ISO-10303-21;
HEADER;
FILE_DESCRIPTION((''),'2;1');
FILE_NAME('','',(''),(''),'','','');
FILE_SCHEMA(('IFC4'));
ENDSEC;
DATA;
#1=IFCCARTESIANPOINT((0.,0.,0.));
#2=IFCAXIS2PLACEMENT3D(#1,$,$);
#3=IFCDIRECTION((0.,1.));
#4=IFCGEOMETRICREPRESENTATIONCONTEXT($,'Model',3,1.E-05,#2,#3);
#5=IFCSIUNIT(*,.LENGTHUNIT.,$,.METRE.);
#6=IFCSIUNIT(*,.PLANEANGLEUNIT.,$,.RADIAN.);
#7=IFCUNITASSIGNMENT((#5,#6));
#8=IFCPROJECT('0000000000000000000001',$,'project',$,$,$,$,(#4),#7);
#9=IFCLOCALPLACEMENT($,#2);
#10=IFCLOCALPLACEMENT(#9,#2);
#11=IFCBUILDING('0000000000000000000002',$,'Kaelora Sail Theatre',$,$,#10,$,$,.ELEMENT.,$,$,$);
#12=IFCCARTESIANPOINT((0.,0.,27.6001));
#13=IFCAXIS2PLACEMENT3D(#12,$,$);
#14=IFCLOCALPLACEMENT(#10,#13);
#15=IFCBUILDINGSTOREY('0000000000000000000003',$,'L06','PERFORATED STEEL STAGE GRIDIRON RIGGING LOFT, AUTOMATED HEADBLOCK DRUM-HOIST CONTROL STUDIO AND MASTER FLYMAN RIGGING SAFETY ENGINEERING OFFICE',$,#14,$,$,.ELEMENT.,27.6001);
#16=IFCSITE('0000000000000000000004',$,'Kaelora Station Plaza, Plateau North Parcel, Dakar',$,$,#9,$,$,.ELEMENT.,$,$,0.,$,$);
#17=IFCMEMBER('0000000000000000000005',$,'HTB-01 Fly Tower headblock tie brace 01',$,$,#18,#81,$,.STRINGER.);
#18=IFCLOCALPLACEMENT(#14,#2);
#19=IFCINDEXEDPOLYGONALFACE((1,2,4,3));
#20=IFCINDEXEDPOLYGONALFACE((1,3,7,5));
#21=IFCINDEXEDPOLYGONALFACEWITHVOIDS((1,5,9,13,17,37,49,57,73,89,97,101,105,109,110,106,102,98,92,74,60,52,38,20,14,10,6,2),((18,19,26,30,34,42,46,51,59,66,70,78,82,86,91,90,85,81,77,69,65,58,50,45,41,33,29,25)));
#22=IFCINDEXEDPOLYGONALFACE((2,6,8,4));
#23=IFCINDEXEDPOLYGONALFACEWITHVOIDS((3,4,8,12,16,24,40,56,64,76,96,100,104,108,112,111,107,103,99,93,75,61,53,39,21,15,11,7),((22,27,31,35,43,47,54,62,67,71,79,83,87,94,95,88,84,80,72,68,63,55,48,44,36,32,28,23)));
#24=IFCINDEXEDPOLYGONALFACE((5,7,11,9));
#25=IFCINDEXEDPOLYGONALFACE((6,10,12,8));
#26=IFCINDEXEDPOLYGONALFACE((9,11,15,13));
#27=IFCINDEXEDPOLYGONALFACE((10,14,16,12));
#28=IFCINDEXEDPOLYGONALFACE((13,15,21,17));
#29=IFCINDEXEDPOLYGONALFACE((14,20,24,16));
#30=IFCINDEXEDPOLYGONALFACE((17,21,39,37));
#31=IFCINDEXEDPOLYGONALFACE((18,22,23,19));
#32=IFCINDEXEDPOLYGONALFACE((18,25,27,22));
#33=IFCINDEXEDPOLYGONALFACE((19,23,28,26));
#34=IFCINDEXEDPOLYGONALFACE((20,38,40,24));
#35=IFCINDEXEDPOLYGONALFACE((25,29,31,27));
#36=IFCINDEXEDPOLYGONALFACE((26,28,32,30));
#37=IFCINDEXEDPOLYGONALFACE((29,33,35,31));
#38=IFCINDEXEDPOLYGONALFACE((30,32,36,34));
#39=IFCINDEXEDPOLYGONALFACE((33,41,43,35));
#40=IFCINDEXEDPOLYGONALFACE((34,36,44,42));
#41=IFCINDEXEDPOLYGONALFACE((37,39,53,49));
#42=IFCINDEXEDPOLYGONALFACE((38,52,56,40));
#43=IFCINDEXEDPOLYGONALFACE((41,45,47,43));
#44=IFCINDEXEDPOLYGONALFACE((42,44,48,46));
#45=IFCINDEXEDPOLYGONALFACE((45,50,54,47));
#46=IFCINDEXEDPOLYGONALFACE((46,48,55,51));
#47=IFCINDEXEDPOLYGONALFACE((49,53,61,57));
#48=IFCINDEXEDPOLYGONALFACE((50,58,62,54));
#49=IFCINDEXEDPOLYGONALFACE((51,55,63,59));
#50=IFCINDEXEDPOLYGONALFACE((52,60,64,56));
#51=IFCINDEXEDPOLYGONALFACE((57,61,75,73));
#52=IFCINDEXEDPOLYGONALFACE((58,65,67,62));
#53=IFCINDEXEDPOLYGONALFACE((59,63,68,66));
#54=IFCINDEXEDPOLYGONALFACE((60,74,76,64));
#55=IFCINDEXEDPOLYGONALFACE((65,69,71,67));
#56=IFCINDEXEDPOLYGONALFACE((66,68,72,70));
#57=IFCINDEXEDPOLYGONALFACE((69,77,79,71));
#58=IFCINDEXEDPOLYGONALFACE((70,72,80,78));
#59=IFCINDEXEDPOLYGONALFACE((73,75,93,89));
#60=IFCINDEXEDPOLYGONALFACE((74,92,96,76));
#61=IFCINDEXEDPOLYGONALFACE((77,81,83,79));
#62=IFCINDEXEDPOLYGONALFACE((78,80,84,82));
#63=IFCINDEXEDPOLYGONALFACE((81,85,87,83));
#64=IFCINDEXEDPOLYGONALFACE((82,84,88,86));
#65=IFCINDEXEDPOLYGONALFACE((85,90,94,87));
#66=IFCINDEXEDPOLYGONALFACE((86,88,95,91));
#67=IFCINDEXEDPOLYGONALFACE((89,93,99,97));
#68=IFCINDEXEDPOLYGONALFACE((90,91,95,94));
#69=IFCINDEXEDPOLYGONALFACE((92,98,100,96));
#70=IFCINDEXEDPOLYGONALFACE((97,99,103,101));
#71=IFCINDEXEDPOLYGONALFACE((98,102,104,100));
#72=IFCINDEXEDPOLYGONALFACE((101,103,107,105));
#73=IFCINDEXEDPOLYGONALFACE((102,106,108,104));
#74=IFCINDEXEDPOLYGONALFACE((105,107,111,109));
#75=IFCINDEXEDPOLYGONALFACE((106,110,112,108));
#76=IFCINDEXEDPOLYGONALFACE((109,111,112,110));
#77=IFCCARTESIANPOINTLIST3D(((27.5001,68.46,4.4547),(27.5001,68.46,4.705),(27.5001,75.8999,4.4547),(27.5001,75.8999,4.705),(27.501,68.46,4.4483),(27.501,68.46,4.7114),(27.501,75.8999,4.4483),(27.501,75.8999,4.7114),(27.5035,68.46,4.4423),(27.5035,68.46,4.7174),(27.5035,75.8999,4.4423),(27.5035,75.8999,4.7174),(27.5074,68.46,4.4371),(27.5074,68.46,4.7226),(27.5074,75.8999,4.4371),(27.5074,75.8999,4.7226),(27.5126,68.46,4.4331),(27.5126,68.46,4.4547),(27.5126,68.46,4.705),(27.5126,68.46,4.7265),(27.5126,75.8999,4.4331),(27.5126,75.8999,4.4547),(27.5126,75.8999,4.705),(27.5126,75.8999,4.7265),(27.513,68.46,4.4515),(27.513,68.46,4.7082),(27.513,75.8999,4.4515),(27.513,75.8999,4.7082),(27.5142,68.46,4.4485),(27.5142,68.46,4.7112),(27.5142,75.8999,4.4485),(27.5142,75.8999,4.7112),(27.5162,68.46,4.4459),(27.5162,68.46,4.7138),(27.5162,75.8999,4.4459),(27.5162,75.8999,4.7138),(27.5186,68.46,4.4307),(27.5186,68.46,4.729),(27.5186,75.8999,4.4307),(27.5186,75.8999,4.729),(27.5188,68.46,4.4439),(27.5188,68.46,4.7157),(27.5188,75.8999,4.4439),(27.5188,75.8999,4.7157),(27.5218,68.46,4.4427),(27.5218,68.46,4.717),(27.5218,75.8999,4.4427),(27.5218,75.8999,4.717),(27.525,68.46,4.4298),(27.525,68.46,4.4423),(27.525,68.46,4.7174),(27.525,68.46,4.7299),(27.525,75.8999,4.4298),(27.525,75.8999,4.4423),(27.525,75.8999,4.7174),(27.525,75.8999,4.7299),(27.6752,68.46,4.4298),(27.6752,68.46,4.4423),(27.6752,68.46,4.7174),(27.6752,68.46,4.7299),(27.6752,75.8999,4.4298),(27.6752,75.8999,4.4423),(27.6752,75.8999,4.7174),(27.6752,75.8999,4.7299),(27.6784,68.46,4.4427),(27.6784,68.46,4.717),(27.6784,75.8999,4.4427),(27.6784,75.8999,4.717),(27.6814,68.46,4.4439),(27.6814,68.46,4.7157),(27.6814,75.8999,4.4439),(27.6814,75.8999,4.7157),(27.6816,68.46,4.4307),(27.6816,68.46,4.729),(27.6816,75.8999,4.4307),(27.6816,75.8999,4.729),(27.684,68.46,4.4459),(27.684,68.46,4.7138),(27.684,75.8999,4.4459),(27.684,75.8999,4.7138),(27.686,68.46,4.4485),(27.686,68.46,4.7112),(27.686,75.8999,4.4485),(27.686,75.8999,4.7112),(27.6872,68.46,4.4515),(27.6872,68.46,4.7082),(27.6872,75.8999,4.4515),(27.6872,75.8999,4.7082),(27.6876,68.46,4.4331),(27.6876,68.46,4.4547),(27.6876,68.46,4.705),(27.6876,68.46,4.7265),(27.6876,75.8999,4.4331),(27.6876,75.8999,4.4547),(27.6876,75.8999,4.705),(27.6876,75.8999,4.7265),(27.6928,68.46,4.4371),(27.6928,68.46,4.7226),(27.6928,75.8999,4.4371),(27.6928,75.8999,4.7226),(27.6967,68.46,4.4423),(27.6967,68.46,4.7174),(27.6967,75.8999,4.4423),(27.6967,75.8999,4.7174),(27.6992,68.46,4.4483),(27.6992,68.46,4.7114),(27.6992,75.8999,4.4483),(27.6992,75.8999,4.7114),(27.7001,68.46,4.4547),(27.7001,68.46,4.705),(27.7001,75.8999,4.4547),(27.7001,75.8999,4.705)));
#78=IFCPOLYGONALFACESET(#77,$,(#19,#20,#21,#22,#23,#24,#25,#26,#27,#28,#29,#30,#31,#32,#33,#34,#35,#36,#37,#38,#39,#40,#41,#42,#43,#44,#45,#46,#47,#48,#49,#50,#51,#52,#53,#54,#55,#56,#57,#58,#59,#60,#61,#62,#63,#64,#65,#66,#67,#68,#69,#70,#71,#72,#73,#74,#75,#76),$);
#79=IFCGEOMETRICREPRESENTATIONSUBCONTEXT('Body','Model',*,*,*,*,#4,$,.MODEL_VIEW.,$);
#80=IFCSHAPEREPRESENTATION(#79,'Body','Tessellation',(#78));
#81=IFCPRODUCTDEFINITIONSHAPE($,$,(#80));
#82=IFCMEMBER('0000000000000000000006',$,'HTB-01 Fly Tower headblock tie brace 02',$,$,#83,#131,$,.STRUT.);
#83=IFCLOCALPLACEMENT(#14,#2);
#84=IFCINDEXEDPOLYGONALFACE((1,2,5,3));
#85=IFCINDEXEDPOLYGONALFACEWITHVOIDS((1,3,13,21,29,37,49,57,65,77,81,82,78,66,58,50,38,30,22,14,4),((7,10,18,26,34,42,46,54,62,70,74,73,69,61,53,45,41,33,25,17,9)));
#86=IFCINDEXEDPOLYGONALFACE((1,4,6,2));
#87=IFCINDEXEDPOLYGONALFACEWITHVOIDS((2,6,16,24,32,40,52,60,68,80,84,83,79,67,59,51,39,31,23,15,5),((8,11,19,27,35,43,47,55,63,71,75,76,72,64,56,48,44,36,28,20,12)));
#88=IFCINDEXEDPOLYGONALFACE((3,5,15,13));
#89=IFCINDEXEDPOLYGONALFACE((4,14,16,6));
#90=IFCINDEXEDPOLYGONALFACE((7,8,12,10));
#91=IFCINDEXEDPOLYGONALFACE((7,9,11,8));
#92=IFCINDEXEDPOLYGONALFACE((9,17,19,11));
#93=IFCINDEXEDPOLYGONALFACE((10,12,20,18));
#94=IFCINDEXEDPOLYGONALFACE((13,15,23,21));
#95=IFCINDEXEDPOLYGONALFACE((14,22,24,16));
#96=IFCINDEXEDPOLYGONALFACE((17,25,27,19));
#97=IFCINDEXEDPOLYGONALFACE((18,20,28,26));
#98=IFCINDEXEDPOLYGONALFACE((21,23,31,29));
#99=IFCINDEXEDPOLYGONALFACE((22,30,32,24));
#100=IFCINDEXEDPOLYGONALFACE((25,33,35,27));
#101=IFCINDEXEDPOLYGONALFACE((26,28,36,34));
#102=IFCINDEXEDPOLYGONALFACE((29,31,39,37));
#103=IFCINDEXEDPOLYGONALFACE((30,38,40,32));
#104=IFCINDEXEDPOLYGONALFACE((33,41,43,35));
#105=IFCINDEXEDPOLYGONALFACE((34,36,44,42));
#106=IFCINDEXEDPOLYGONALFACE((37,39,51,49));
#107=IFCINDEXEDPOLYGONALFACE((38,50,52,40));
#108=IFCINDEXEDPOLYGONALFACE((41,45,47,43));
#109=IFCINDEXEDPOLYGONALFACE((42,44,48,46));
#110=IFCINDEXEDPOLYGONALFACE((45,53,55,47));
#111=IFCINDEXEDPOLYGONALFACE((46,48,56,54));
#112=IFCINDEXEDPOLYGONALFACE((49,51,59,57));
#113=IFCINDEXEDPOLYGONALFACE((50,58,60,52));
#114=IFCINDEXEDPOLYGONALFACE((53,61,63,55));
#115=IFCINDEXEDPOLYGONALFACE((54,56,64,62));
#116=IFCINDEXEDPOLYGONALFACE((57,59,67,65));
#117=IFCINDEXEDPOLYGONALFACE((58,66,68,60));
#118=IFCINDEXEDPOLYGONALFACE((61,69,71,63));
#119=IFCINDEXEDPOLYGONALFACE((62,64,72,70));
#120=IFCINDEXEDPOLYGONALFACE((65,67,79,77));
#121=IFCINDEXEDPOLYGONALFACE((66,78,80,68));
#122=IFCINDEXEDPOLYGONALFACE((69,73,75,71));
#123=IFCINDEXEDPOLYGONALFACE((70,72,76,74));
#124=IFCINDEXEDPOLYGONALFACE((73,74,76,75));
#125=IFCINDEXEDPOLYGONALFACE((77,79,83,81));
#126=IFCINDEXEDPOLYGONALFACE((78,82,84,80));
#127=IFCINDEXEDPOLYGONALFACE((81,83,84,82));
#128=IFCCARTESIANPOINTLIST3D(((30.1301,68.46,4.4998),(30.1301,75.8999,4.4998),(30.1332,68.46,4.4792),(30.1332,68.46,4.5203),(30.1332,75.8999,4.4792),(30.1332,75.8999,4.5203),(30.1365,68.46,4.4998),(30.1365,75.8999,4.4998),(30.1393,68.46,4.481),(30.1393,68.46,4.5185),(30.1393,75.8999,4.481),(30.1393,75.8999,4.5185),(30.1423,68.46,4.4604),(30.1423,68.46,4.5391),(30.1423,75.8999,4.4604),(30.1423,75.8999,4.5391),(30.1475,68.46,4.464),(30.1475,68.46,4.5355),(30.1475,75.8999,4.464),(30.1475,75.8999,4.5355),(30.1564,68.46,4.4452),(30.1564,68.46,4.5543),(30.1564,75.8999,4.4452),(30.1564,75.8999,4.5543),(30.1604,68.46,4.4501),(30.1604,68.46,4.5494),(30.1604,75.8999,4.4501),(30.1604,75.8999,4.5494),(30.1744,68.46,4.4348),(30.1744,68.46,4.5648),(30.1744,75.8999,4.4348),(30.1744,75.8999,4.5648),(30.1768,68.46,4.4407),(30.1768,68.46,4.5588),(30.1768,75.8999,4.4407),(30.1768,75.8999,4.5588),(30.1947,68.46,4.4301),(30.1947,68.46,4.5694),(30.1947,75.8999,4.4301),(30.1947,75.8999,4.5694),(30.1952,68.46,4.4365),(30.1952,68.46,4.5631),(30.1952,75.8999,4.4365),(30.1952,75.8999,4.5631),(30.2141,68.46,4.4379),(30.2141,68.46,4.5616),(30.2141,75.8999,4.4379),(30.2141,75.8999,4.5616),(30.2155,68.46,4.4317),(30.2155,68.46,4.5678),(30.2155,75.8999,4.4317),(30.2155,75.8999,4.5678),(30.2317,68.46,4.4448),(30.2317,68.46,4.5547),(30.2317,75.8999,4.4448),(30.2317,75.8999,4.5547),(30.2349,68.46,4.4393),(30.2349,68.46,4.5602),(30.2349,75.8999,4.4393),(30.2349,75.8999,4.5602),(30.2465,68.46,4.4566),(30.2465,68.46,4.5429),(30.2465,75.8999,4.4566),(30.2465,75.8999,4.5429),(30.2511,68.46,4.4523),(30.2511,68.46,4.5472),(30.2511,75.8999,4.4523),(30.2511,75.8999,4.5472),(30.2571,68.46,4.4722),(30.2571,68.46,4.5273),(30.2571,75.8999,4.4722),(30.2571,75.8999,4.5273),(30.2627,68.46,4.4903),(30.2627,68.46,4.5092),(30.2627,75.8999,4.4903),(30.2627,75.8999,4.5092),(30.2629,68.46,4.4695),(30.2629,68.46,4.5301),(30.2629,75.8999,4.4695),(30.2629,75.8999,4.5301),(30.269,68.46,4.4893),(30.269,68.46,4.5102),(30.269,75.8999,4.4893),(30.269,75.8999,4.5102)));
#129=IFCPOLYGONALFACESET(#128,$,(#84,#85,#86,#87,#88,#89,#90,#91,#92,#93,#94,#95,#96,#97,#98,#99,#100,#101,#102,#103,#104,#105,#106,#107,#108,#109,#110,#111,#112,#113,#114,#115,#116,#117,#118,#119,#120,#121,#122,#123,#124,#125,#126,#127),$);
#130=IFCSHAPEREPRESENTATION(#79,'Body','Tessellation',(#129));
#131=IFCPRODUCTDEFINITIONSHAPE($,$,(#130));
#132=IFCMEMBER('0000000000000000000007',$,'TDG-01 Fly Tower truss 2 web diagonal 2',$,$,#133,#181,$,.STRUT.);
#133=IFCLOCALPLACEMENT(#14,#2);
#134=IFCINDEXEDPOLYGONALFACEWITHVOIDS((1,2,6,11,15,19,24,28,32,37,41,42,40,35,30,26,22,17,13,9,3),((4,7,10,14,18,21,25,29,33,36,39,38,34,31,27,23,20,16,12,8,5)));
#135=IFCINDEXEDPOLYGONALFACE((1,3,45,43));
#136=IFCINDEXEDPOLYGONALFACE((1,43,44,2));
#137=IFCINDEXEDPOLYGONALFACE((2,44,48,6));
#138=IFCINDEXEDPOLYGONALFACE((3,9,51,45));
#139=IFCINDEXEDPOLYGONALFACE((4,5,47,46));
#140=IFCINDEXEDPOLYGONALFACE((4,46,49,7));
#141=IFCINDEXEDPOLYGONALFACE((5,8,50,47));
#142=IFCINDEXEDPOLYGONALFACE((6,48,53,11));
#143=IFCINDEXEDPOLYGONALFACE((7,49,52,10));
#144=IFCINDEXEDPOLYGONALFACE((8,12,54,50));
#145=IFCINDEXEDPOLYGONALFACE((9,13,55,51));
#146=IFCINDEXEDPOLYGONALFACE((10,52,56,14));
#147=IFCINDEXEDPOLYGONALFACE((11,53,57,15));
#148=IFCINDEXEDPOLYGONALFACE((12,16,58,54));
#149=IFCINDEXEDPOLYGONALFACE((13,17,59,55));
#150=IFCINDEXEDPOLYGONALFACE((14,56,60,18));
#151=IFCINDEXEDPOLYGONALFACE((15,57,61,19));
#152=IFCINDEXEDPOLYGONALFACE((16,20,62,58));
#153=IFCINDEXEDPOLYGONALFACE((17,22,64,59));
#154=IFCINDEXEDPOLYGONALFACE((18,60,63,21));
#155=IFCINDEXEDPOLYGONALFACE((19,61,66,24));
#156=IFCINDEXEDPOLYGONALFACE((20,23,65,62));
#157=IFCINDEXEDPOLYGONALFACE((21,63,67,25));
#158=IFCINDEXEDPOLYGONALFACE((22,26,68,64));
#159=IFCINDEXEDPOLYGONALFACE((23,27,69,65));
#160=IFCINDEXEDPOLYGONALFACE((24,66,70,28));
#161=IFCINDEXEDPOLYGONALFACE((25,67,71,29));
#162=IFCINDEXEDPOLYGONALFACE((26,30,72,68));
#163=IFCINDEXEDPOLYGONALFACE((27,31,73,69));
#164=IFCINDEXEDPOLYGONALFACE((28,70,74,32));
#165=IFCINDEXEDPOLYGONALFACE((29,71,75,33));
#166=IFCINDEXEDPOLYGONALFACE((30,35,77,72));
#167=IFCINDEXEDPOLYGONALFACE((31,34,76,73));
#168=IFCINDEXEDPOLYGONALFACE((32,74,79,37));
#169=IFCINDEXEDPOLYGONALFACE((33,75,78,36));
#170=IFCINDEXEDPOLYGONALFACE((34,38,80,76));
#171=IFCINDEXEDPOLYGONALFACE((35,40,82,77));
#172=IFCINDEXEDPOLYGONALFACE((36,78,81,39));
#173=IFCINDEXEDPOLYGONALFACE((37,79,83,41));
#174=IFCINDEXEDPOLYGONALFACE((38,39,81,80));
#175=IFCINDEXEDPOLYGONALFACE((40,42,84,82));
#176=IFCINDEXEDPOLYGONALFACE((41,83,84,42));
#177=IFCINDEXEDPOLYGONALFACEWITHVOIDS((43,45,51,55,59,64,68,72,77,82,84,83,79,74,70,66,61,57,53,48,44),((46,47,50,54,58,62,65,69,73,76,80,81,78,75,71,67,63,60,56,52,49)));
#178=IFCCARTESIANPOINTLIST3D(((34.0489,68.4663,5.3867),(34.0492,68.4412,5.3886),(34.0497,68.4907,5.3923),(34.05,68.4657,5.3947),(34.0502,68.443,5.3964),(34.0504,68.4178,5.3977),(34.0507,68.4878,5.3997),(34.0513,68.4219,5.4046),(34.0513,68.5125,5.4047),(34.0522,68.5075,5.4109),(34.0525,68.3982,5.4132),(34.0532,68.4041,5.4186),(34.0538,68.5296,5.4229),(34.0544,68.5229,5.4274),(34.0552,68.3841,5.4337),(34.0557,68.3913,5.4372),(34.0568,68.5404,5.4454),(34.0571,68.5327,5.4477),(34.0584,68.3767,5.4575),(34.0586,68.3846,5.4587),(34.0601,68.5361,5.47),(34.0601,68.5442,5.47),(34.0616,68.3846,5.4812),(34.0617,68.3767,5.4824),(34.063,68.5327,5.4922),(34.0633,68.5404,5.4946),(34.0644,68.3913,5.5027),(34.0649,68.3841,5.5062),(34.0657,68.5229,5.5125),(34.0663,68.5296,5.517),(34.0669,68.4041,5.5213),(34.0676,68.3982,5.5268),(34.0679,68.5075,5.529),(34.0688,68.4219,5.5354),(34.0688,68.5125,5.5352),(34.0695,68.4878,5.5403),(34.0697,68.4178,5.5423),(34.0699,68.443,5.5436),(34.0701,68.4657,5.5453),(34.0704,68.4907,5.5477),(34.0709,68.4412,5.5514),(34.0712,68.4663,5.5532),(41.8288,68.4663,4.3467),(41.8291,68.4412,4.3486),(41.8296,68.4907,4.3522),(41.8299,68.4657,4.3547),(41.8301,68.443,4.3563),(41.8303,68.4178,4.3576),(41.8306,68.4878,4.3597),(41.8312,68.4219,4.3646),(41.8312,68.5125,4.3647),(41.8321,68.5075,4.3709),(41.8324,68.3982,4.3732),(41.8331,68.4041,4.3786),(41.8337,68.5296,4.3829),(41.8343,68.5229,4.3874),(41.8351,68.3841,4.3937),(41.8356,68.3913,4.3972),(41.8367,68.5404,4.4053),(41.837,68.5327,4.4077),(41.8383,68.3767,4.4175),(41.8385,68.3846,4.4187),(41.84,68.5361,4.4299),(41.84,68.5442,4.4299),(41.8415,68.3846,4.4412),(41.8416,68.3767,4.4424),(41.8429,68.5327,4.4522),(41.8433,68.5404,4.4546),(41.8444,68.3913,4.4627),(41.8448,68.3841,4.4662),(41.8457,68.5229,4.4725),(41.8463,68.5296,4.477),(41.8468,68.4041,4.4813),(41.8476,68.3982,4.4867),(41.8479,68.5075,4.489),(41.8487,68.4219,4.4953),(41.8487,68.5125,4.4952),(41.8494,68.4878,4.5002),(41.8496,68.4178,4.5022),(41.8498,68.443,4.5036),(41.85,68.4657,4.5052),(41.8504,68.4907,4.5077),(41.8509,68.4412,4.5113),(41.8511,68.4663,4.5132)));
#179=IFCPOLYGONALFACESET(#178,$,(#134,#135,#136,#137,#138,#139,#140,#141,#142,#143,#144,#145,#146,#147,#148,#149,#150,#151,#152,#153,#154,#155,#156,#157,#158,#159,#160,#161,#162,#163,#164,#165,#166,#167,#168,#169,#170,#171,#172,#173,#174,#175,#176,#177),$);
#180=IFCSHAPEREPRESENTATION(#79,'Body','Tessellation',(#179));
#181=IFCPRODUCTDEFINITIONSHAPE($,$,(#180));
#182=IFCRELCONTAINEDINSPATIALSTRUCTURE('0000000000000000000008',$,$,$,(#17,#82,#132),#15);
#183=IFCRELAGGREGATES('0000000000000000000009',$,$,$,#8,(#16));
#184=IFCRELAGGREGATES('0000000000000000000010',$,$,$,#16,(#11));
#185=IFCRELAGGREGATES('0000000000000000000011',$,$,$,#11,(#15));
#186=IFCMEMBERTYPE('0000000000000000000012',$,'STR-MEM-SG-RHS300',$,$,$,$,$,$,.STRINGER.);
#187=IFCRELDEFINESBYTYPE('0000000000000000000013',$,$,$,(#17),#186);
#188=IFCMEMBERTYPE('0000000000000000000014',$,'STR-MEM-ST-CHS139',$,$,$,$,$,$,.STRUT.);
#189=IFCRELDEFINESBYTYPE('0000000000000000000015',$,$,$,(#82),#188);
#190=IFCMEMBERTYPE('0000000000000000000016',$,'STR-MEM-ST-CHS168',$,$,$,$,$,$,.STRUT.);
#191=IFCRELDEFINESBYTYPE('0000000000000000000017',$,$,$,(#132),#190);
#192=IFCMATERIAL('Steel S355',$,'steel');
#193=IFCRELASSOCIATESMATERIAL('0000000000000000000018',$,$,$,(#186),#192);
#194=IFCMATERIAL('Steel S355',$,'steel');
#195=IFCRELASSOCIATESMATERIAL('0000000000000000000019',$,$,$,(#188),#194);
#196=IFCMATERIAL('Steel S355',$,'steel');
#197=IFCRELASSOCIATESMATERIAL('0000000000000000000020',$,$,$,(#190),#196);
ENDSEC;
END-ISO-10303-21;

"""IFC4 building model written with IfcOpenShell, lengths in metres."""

from ifc_helpers import new_model, si_unit, direction, frame, origin, origin_2d, place, context, subcontext, project, spatial, hollow_rectangle, hollow_circle, extrude, material, material_profile, profile_set, type_object, element, save


model = new_model("IFC4")

# Units and contexts
model_context = context("Model", 3, precision=1e-05, world=origin(), true_north=direction((0.0, 1.0)))
body_context = subcontext(model_context, "Body", "Model", "MODEL_VIEW")
ifc_project = project(units=[si_unit("LENGTHUNIT", "METRE"), si_unit("PLANEANGLEUNIT", "RADIAN")], contexts=[model_context])

# Site, building, storey
site_placement = place(None, origin())
site = spatial("IfcSite", under=ifc_project, at=site_placement, Name="Kaelora Station Plaza, Plateau North Parcel, Dakar", CompositionType="ELEMENT", RefElevation=0.0)
building_placement = place(site_placement, origin())
building = spatial("IfcBuilding", under=site, at=building_placement, Name="Kaelora Sail Theatre", CompositionType="ELEMENT")
storey_placement = place(building_placement, frame((0.0, 0.0, 27.6001)))
storey = spatial("IfcBuildingStorey", under=building, at=storey_placement, Name="L06", Description="PERFORATED STEEL STAGE GRIDIRON RIGGING LOFT, AUTOMATED HEADBLOCK DRUM-HOIST CONTROL STUDIO AND MASTER FLYMAN RIGGING SAFETY ENGINEERING OFFICE", CompositionType="ELEMENT", Elevation=27.6001)

# Members
ifc_material_1 = material(Name="Steel S355", Category="steel")
ifc_material_profile_1 = material_profile(ifc_material_1, hollow_rectangle(XDim=0.2, YDim=0.3, WallThickness=0.0125, InnerFilletRadius=0.0125, OuterFilletRadius=0.0249, at=origin_2d()), Name="RHS 300x200x12.5")
ifc_profile_set_1 = profile_set([ifc_material_profile_1], Name="Steel S355")
member_type_1 = type_object("IfcMemberType", Name="STR-MEM-SG-RHS300", PredefinedType="STRINGER", material=ifc_profile_set_1)
member_1_placement = place(storey_placement, frame((27.6001, 68.46, 4.5798), z_axis=(0.0, 1.0, 0.0), x_axis=(-1.0, 0.0, 0.0)))
element("IfcMember", 1, at=member_1_placement, inside=storey, type_object=member_type_1, Name="HTB-01 Fly Tower headblock tie brace 01", PredefinedType="STRINGER", context=body_context, shape_type="SweptSolid", body=[
    extrude(hollow_rectangle(XDim=0.2, YDim=0.3, WallThickness=0.0125, InnerFilletRadius=0.0125, OuterFilletRadius=0.0249, at=origin_2d()), origin(), (0.0, 0.0, 1.0), 7.4399),
])
ifc_material_2 = material(Name="Steel S355", Category="steel")
ifc_material_profile_2 = material_profile(ifc_material_2, hollow_circle(Radius=0.0698, WallThickness=0.0063, at=origin_2d()), Name="CHS 139.7x6.3")
ifc_profile_set_2 = profile_set([ifc_material_profile_2], Name="Steel S355")
member_type_2 = type_object("IfcMemberType", Name="STR-MEM-ST-CHS139", PredefinedType="STRUT", material=ifc_profile_set_2)
member_2_placement = place(storey_placement, frame((30.2, 68.46, 4.4998), z_axis=(0.0, 1.0, 0.0), x_axis=(-1.0, 0.0, 0.0)))
element("IfcMember", 2, at=member_2_placement, inside=storey, type_object=member_type_2, Name="HTB-01 Fly Tower headblock tie brace 02", PredefinedType="STRUT", context=body_context, shape_type="SweptSolid", body=[
    extrude(hollow_circle(Radius=0.0698, WallThickness=0.0063, at=origin_2d()), origin(), (0.0, 0.0, 1.0), 7.4399),
])
ifc_material_3 = material(Name="Steel S355", Category="steel")
ifc_material_profile_3 = material_profile(ifc_material_3, hollow_circle(Radius=0.0842, WallThickness=0.0081, at=origin_2d()), Name="CHS 168.3x8.0")
ifc_profile_set_3 = profile_set([ifc_material_profile_3], Name="Steel S355")
member_type_3 = type_object("IfcMemberType", Name="STR-MEM-ST-CHS168", PredefinedType="STRUT", material=ifc_profile_set_3)
member_3_placement = place(storey_placement, frame((34.0601, 68.46, 5.47), z_axis=(0.991183, 0.0, -0.132502), x_axis=(0.0, 1.0, 0.0)))
element("IfcMember", 3, at=member_3_placement, inside=storey, type_object=member_type_3, Name="TDG-01 Fly Tower truss 2 web diagonal 2", PredefinedType="STRUT", context=body_context, shape_type="SweptSolid", body=[
    extrude(hollow_circle(Radius=0.0842, WallThickness=0.0081, at=origin_2d()), origin(), (0.0, 0.0, 1.0), 7.8491),
])

save(model, "model.ifc")
